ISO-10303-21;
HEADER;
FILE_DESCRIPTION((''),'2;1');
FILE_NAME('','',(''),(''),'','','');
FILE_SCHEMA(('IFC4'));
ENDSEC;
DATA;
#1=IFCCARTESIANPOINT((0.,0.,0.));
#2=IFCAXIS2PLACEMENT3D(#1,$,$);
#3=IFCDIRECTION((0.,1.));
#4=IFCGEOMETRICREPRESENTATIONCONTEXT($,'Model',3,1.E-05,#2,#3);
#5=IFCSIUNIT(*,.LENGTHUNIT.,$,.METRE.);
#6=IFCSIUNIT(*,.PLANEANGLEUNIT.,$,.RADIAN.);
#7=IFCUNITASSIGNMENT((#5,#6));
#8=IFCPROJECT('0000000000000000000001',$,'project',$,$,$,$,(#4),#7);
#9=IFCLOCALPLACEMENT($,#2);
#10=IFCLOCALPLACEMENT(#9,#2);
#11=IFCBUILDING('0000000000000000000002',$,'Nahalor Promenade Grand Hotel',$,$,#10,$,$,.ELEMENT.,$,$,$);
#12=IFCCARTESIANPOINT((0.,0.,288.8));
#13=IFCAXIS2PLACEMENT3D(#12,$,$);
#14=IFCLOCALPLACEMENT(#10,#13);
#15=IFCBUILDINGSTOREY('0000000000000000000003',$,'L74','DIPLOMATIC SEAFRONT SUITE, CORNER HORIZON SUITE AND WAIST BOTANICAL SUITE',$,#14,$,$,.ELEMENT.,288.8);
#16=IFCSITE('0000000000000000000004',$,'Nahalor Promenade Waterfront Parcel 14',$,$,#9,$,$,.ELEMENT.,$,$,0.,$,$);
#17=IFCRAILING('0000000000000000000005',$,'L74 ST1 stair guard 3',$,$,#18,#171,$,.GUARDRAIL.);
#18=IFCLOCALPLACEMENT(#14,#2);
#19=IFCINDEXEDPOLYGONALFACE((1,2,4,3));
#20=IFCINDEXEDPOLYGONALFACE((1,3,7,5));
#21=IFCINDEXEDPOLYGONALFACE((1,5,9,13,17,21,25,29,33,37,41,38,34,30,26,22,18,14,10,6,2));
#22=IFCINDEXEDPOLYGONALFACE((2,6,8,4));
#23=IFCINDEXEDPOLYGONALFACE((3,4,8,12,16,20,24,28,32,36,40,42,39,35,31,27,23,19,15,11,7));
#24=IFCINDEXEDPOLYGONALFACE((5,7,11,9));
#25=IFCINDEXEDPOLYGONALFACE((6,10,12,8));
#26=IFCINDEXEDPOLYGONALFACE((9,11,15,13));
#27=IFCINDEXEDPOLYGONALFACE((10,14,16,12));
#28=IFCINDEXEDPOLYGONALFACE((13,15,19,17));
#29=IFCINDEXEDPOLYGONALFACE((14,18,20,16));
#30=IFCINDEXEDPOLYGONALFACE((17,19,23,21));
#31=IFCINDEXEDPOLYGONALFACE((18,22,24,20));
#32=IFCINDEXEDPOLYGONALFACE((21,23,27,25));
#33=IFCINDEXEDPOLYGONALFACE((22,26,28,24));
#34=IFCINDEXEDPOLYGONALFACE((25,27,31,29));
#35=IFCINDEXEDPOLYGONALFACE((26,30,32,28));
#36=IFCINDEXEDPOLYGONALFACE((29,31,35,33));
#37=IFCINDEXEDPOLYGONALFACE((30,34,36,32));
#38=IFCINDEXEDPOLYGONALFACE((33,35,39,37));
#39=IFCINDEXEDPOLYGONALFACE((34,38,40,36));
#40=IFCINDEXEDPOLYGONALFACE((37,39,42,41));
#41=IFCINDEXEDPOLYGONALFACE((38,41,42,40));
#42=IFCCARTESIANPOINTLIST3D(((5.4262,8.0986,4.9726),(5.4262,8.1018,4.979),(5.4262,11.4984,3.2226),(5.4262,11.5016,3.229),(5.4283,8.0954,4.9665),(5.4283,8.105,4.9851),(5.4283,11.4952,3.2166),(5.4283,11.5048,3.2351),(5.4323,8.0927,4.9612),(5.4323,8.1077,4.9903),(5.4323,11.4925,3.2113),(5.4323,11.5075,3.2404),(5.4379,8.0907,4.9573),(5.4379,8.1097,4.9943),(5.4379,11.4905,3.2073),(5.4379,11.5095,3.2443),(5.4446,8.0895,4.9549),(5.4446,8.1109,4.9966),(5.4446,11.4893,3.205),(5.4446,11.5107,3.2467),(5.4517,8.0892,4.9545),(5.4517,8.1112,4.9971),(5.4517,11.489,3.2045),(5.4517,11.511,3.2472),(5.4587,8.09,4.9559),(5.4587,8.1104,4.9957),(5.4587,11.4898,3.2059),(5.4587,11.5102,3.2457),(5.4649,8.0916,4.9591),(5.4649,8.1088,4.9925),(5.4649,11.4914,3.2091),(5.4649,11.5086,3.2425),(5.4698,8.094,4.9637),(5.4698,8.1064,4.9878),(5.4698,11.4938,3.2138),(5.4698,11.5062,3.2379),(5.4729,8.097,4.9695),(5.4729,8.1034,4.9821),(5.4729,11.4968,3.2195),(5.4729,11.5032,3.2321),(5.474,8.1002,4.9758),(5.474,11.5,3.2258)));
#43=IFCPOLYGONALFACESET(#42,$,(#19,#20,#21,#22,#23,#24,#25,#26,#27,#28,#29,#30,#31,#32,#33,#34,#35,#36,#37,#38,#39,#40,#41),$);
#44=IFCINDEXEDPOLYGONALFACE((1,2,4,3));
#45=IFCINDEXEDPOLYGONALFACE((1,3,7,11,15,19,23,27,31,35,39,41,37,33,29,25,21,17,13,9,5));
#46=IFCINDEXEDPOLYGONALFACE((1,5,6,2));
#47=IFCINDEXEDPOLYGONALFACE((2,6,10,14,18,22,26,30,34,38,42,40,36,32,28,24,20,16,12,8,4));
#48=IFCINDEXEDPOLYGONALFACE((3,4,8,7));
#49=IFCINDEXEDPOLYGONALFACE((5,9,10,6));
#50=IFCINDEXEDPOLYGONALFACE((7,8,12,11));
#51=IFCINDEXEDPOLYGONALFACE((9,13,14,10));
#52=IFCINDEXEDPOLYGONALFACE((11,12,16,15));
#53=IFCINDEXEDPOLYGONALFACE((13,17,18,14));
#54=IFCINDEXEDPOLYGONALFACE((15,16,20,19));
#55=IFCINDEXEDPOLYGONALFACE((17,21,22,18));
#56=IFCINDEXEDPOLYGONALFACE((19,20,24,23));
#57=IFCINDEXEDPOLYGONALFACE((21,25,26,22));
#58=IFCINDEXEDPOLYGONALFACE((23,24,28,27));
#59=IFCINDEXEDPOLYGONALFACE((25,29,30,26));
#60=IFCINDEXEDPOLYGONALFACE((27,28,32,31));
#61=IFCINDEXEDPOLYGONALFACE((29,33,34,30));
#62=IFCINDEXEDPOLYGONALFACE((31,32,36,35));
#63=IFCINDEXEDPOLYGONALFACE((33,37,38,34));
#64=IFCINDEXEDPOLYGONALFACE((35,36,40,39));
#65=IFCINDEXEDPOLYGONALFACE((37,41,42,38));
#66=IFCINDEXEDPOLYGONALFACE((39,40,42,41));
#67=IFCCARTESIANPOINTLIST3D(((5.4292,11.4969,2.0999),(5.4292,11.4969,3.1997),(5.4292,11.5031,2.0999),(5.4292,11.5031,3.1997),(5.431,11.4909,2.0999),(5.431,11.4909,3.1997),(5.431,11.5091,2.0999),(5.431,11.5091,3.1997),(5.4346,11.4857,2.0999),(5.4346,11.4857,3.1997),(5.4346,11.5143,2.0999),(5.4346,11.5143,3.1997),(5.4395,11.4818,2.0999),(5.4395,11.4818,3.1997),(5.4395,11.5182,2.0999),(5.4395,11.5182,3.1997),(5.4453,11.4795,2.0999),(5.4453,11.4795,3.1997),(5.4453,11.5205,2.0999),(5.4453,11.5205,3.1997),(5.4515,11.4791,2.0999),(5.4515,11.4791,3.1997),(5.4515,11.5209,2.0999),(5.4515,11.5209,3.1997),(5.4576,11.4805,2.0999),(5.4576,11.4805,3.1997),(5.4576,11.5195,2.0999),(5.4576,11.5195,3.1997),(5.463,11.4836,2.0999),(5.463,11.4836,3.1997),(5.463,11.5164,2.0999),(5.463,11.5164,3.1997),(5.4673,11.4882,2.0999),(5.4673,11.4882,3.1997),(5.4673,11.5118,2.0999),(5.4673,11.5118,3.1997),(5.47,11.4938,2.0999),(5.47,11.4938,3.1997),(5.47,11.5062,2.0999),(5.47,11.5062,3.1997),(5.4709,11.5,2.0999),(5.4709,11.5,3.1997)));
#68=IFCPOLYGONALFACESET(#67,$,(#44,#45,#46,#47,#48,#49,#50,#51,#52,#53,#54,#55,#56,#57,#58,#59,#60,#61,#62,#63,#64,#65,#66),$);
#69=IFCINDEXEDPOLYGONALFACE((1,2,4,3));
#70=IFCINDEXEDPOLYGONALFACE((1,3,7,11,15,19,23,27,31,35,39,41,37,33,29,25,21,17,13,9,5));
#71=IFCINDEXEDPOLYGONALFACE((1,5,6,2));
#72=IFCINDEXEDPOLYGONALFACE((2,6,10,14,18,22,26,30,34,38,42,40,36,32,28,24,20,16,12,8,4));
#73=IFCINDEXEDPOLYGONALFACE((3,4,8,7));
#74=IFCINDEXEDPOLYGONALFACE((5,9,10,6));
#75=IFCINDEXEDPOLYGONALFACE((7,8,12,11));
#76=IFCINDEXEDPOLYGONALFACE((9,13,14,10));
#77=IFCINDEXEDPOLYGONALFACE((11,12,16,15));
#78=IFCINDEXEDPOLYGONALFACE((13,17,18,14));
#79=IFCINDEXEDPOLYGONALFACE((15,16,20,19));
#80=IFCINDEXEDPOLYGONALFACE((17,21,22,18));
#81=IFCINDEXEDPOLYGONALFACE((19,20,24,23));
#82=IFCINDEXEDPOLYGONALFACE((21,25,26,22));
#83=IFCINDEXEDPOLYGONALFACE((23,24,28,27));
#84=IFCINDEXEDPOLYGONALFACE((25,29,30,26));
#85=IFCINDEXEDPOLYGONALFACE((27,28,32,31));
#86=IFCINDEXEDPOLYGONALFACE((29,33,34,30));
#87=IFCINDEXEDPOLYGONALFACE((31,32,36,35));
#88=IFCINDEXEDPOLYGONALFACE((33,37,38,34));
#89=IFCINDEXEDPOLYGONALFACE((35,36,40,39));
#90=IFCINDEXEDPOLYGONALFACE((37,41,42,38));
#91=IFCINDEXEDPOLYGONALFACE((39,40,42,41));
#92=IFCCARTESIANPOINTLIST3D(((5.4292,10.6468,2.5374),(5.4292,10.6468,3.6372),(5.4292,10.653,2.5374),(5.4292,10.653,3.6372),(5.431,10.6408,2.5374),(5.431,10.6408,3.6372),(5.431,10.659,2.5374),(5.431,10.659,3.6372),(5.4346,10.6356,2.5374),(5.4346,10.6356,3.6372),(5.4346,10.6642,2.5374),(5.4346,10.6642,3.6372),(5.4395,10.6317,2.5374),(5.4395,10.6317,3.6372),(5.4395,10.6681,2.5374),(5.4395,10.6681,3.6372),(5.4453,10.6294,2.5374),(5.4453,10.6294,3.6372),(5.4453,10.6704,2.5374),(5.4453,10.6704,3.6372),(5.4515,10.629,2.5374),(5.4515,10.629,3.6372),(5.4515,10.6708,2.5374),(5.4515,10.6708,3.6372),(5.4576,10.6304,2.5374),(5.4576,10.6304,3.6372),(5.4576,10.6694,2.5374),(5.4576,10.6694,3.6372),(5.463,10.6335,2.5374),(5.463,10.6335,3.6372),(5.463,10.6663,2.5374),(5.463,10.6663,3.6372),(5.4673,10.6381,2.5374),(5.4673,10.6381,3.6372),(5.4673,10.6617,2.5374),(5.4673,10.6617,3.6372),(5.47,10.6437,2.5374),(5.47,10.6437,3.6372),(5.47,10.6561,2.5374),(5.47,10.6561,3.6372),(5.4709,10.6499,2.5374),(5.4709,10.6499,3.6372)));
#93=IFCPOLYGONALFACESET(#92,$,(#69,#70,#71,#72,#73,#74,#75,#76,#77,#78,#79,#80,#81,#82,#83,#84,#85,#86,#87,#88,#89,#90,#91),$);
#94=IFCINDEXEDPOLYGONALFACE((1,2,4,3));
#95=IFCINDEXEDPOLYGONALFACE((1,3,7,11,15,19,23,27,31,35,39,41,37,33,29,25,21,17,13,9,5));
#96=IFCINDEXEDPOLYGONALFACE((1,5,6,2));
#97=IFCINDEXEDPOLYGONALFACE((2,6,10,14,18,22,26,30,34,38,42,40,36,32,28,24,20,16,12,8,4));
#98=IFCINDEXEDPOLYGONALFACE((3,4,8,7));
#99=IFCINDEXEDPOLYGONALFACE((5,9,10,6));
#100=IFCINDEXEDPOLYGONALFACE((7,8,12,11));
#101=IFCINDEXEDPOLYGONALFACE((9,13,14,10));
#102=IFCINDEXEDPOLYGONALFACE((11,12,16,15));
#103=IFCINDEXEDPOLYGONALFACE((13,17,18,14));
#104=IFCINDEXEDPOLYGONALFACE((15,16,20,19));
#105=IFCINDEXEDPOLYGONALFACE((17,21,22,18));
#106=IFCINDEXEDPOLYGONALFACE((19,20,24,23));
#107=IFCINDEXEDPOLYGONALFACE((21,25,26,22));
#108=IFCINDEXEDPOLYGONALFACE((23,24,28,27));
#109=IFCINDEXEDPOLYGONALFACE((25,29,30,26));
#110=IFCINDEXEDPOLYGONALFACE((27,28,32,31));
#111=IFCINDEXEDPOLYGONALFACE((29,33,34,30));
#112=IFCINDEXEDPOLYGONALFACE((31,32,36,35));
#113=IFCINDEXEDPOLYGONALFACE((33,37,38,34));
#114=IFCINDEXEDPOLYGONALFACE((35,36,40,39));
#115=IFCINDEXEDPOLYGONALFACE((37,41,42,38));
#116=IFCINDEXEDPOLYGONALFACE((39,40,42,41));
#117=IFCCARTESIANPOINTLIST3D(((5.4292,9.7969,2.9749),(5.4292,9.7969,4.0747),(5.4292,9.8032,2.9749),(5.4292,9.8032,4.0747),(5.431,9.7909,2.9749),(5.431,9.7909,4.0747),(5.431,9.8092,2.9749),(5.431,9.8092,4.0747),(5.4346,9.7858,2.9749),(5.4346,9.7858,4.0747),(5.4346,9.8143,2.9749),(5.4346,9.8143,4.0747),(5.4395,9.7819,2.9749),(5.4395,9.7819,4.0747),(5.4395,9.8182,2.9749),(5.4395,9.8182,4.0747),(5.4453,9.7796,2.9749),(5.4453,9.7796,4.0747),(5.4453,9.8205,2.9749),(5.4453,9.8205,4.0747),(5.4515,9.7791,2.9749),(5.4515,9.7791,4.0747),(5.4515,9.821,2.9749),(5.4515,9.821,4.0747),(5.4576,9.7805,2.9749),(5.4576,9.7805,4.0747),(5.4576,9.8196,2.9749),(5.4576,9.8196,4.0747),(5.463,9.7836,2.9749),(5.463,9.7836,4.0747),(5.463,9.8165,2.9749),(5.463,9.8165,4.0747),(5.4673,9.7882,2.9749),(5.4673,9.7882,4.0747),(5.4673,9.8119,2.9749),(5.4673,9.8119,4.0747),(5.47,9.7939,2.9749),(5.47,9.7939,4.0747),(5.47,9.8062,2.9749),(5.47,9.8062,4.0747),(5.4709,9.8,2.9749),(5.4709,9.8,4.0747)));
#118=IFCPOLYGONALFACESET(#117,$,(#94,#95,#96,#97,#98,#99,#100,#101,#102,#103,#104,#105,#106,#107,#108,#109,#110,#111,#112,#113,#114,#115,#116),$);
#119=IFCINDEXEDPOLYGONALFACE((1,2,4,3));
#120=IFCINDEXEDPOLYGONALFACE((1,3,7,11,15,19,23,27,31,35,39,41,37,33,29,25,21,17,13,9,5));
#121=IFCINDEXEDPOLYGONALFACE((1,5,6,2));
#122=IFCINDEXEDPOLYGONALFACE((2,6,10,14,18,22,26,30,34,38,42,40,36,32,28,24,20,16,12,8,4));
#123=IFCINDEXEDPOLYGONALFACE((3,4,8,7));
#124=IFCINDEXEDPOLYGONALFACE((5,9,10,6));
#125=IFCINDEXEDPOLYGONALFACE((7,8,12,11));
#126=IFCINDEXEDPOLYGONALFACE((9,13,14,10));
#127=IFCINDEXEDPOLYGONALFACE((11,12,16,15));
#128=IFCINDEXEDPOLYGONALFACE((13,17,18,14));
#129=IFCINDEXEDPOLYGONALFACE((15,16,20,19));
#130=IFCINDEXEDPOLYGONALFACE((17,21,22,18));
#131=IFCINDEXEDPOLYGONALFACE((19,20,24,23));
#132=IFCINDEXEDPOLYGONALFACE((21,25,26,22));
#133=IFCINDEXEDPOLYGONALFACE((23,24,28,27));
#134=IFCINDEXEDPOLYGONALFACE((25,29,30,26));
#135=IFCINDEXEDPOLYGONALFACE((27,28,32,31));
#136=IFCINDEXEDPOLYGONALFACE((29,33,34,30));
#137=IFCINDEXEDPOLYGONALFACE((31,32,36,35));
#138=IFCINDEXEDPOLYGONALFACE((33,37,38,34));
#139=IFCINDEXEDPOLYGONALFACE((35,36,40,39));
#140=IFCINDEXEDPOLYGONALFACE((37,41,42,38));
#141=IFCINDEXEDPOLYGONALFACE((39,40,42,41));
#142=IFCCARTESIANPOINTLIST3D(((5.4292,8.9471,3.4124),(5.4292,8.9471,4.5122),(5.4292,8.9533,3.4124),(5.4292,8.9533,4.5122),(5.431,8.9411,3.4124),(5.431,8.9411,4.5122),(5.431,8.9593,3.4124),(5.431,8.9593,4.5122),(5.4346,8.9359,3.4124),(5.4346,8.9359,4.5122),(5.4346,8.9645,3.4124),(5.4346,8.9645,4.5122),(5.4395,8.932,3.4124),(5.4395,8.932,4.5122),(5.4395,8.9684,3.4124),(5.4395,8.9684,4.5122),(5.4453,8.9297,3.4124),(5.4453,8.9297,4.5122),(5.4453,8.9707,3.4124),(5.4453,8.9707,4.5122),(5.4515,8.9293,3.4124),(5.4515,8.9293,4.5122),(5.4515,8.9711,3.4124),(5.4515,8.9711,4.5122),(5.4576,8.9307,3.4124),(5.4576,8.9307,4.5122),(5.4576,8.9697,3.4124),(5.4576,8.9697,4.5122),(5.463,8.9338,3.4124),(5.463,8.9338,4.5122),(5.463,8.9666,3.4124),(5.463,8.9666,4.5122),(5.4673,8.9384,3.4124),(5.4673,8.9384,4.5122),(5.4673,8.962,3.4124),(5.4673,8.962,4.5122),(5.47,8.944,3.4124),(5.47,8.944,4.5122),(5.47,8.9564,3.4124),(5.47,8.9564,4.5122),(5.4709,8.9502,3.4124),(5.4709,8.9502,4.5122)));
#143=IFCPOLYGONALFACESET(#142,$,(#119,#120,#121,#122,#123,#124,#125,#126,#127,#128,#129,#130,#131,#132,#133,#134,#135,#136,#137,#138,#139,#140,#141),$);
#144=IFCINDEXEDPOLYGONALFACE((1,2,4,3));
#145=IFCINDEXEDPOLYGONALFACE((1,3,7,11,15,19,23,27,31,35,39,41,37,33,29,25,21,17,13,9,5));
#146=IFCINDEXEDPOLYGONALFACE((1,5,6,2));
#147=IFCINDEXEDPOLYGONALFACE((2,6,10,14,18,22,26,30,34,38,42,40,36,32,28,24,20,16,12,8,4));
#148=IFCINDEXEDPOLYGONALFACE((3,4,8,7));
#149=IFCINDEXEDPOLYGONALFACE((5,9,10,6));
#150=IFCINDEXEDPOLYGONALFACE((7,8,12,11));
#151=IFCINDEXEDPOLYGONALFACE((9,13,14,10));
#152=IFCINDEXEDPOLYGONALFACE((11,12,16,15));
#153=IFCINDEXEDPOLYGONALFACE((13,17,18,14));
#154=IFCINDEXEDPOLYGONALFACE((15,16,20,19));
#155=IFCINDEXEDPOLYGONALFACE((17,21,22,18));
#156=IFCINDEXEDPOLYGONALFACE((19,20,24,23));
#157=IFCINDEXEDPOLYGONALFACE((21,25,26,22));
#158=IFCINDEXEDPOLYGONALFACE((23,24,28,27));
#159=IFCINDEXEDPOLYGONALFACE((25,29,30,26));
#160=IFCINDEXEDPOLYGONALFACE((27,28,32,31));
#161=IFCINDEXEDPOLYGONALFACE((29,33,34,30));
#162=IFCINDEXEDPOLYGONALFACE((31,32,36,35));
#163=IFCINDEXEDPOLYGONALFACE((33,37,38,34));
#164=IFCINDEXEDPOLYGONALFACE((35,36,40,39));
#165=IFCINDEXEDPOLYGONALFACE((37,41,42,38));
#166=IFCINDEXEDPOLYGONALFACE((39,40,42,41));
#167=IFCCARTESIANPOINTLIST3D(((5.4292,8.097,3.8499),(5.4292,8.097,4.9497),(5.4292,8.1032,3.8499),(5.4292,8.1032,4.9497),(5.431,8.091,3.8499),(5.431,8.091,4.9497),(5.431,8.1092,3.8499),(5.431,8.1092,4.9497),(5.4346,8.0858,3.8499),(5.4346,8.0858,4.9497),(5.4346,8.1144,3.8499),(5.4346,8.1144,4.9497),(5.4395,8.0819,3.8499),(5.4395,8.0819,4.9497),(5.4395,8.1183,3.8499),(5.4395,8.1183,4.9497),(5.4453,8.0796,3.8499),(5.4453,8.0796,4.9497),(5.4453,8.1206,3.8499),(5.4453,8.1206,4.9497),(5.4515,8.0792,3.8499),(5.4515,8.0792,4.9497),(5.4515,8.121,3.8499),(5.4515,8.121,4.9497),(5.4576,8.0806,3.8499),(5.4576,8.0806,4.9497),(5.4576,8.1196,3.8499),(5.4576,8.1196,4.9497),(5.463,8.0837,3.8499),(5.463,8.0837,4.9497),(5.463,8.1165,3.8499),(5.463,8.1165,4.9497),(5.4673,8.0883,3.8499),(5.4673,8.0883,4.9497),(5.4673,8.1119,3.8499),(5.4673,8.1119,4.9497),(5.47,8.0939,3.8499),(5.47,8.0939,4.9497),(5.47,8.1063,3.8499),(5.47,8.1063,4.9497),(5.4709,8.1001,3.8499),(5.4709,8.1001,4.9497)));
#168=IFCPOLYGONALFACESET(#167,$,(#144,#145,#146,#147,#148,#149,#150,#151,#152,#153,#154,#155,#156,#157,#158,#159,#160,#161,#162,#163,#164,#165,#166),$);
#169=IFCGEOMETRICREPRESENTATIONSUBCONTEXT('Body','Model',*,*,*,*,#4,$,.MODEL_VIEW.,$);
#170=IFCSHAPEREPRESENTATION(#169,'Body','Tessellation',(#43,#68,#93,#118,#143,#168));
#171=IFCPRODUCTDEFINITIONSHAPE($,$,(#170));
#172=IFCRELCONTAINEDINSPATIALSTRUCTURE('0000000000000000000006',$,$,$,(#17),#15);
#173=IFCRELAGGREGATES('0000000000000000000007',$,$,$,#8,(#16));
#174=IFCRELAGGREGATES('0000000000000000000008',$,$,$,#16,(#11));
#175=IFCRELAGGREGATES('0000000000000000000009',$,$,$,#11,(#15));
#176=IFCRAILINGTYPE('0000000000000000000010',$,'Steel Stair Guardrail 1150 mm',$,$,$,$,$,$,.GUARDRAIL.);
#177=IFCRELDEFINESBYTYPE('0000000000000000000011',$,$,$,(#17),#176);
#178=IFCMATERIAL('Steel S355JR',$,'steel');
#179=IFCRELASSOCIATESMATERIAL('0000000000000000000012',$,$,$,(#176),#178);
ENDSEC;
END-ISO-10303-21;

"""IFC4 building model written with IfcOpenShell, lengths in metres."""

from ifc_helpers import new_model, si_unit, direction, frame, origin, origin_2d, place, context, subcontext, project, spatial, circle, extrude, material, type_object, element, save


model = new_model("IFC4")

# Units and contexts
model_context = context("Model", 3, precision=1e-05, world=origin(), true_north=direction((0.0, 1.0)))
body_context = subcontext(model_context, "Body", "Model", "MODEL_VIEW")
ifc_project = project(units=[si_unit("LENGTHUNIT", "METRE"), si_unit("PLANEANGLEUNIT", "RADIAN")], contexts=[model_context])

# Site, building, storey
site_placement = place(None, origin())
site = spatial("IfcSite", under=ifc_project, at=site_placement, Name="Nahalor Promenade Waterfront Parcel 14", CompositionType="ELEMENT", RefElevation=0.0)
building_placement = place(site_placement, origin())
building = spatial("IfcBuilding", under=site, at=building_placement, Name="Nahalor Promenade Grand Hotel", CompositionType="ELEMENT")
storey_placement = place(building_placement, frame((0.0, 0.0, 288.8)))
storey = spatial("IfcBuildingStorey", under=building, at=storey_placement, Name="L74", Description="DIPLOMATIC SEAFRONT SUITE, CORNER HORIZON SUITE AND WAIST BOTANICAL SUITE", CompositionType="ELEMENT", Elevation=288.8)

# Shared definitions
ifc_material_1 = material(Name="Steel S355JR", Category="steel")

# Railing
railing_type_1 = type_object("IfcRailingType", Name="Steel Stair Guardrail 1150 mm", PredefinedType="GUARDRAIL", material=ifc_material_1)
railing_1_placement = place(storey_placement, frame((5.45, 11.5, 2.0999)))
element("IfcRailing", 1, at=railing_1_placement, inside=storey, type_object=railing_type_1, Name="L74 ST1 stair guard 3", PredefinedType="GUARDRAIL", context=body_context, shape_type="SweptSolid", body=[
    extrude(circle(Radius=0.024, at=origin_2d()), frame((0.0, 0.0, 1.126), z_axis=(0.0, -0.88913, 0.457654), x_axis=(1.0, 0.0, 0.0)), (0.0, 0.0, 1.0), 3.8237),
    extrude(circle(Radius=0.021, at=origin_2d()), origin(), (0.0, 0.0, 1.0), 1.0999),
    extrude(circle(Radius=0.021, at=origin_2d()), frame((0.0, -0.8501, 0.4375)), (0.0, 0.0, 1.0), 1.0999),
    extrude(circle(Radius=0.021, at=origin_2d()), frame((0.0, -1.7, 0.875)), (0.0, 0.0, 1.0), 1.0999),
    extrude(circle(Radius=0.021, at=origin_2d()), frame((0.0, -2.5498, 1.3125)), (0.0, 0.0, 1.0), 1.0999),
    extrude(circle(Radius=0.021, at=origin_2d()), frame((0.0, -3.3999, 1.75)), (0.0, 0.0, 1.0), 1.0999),
])

save(model, "model.ifc")
